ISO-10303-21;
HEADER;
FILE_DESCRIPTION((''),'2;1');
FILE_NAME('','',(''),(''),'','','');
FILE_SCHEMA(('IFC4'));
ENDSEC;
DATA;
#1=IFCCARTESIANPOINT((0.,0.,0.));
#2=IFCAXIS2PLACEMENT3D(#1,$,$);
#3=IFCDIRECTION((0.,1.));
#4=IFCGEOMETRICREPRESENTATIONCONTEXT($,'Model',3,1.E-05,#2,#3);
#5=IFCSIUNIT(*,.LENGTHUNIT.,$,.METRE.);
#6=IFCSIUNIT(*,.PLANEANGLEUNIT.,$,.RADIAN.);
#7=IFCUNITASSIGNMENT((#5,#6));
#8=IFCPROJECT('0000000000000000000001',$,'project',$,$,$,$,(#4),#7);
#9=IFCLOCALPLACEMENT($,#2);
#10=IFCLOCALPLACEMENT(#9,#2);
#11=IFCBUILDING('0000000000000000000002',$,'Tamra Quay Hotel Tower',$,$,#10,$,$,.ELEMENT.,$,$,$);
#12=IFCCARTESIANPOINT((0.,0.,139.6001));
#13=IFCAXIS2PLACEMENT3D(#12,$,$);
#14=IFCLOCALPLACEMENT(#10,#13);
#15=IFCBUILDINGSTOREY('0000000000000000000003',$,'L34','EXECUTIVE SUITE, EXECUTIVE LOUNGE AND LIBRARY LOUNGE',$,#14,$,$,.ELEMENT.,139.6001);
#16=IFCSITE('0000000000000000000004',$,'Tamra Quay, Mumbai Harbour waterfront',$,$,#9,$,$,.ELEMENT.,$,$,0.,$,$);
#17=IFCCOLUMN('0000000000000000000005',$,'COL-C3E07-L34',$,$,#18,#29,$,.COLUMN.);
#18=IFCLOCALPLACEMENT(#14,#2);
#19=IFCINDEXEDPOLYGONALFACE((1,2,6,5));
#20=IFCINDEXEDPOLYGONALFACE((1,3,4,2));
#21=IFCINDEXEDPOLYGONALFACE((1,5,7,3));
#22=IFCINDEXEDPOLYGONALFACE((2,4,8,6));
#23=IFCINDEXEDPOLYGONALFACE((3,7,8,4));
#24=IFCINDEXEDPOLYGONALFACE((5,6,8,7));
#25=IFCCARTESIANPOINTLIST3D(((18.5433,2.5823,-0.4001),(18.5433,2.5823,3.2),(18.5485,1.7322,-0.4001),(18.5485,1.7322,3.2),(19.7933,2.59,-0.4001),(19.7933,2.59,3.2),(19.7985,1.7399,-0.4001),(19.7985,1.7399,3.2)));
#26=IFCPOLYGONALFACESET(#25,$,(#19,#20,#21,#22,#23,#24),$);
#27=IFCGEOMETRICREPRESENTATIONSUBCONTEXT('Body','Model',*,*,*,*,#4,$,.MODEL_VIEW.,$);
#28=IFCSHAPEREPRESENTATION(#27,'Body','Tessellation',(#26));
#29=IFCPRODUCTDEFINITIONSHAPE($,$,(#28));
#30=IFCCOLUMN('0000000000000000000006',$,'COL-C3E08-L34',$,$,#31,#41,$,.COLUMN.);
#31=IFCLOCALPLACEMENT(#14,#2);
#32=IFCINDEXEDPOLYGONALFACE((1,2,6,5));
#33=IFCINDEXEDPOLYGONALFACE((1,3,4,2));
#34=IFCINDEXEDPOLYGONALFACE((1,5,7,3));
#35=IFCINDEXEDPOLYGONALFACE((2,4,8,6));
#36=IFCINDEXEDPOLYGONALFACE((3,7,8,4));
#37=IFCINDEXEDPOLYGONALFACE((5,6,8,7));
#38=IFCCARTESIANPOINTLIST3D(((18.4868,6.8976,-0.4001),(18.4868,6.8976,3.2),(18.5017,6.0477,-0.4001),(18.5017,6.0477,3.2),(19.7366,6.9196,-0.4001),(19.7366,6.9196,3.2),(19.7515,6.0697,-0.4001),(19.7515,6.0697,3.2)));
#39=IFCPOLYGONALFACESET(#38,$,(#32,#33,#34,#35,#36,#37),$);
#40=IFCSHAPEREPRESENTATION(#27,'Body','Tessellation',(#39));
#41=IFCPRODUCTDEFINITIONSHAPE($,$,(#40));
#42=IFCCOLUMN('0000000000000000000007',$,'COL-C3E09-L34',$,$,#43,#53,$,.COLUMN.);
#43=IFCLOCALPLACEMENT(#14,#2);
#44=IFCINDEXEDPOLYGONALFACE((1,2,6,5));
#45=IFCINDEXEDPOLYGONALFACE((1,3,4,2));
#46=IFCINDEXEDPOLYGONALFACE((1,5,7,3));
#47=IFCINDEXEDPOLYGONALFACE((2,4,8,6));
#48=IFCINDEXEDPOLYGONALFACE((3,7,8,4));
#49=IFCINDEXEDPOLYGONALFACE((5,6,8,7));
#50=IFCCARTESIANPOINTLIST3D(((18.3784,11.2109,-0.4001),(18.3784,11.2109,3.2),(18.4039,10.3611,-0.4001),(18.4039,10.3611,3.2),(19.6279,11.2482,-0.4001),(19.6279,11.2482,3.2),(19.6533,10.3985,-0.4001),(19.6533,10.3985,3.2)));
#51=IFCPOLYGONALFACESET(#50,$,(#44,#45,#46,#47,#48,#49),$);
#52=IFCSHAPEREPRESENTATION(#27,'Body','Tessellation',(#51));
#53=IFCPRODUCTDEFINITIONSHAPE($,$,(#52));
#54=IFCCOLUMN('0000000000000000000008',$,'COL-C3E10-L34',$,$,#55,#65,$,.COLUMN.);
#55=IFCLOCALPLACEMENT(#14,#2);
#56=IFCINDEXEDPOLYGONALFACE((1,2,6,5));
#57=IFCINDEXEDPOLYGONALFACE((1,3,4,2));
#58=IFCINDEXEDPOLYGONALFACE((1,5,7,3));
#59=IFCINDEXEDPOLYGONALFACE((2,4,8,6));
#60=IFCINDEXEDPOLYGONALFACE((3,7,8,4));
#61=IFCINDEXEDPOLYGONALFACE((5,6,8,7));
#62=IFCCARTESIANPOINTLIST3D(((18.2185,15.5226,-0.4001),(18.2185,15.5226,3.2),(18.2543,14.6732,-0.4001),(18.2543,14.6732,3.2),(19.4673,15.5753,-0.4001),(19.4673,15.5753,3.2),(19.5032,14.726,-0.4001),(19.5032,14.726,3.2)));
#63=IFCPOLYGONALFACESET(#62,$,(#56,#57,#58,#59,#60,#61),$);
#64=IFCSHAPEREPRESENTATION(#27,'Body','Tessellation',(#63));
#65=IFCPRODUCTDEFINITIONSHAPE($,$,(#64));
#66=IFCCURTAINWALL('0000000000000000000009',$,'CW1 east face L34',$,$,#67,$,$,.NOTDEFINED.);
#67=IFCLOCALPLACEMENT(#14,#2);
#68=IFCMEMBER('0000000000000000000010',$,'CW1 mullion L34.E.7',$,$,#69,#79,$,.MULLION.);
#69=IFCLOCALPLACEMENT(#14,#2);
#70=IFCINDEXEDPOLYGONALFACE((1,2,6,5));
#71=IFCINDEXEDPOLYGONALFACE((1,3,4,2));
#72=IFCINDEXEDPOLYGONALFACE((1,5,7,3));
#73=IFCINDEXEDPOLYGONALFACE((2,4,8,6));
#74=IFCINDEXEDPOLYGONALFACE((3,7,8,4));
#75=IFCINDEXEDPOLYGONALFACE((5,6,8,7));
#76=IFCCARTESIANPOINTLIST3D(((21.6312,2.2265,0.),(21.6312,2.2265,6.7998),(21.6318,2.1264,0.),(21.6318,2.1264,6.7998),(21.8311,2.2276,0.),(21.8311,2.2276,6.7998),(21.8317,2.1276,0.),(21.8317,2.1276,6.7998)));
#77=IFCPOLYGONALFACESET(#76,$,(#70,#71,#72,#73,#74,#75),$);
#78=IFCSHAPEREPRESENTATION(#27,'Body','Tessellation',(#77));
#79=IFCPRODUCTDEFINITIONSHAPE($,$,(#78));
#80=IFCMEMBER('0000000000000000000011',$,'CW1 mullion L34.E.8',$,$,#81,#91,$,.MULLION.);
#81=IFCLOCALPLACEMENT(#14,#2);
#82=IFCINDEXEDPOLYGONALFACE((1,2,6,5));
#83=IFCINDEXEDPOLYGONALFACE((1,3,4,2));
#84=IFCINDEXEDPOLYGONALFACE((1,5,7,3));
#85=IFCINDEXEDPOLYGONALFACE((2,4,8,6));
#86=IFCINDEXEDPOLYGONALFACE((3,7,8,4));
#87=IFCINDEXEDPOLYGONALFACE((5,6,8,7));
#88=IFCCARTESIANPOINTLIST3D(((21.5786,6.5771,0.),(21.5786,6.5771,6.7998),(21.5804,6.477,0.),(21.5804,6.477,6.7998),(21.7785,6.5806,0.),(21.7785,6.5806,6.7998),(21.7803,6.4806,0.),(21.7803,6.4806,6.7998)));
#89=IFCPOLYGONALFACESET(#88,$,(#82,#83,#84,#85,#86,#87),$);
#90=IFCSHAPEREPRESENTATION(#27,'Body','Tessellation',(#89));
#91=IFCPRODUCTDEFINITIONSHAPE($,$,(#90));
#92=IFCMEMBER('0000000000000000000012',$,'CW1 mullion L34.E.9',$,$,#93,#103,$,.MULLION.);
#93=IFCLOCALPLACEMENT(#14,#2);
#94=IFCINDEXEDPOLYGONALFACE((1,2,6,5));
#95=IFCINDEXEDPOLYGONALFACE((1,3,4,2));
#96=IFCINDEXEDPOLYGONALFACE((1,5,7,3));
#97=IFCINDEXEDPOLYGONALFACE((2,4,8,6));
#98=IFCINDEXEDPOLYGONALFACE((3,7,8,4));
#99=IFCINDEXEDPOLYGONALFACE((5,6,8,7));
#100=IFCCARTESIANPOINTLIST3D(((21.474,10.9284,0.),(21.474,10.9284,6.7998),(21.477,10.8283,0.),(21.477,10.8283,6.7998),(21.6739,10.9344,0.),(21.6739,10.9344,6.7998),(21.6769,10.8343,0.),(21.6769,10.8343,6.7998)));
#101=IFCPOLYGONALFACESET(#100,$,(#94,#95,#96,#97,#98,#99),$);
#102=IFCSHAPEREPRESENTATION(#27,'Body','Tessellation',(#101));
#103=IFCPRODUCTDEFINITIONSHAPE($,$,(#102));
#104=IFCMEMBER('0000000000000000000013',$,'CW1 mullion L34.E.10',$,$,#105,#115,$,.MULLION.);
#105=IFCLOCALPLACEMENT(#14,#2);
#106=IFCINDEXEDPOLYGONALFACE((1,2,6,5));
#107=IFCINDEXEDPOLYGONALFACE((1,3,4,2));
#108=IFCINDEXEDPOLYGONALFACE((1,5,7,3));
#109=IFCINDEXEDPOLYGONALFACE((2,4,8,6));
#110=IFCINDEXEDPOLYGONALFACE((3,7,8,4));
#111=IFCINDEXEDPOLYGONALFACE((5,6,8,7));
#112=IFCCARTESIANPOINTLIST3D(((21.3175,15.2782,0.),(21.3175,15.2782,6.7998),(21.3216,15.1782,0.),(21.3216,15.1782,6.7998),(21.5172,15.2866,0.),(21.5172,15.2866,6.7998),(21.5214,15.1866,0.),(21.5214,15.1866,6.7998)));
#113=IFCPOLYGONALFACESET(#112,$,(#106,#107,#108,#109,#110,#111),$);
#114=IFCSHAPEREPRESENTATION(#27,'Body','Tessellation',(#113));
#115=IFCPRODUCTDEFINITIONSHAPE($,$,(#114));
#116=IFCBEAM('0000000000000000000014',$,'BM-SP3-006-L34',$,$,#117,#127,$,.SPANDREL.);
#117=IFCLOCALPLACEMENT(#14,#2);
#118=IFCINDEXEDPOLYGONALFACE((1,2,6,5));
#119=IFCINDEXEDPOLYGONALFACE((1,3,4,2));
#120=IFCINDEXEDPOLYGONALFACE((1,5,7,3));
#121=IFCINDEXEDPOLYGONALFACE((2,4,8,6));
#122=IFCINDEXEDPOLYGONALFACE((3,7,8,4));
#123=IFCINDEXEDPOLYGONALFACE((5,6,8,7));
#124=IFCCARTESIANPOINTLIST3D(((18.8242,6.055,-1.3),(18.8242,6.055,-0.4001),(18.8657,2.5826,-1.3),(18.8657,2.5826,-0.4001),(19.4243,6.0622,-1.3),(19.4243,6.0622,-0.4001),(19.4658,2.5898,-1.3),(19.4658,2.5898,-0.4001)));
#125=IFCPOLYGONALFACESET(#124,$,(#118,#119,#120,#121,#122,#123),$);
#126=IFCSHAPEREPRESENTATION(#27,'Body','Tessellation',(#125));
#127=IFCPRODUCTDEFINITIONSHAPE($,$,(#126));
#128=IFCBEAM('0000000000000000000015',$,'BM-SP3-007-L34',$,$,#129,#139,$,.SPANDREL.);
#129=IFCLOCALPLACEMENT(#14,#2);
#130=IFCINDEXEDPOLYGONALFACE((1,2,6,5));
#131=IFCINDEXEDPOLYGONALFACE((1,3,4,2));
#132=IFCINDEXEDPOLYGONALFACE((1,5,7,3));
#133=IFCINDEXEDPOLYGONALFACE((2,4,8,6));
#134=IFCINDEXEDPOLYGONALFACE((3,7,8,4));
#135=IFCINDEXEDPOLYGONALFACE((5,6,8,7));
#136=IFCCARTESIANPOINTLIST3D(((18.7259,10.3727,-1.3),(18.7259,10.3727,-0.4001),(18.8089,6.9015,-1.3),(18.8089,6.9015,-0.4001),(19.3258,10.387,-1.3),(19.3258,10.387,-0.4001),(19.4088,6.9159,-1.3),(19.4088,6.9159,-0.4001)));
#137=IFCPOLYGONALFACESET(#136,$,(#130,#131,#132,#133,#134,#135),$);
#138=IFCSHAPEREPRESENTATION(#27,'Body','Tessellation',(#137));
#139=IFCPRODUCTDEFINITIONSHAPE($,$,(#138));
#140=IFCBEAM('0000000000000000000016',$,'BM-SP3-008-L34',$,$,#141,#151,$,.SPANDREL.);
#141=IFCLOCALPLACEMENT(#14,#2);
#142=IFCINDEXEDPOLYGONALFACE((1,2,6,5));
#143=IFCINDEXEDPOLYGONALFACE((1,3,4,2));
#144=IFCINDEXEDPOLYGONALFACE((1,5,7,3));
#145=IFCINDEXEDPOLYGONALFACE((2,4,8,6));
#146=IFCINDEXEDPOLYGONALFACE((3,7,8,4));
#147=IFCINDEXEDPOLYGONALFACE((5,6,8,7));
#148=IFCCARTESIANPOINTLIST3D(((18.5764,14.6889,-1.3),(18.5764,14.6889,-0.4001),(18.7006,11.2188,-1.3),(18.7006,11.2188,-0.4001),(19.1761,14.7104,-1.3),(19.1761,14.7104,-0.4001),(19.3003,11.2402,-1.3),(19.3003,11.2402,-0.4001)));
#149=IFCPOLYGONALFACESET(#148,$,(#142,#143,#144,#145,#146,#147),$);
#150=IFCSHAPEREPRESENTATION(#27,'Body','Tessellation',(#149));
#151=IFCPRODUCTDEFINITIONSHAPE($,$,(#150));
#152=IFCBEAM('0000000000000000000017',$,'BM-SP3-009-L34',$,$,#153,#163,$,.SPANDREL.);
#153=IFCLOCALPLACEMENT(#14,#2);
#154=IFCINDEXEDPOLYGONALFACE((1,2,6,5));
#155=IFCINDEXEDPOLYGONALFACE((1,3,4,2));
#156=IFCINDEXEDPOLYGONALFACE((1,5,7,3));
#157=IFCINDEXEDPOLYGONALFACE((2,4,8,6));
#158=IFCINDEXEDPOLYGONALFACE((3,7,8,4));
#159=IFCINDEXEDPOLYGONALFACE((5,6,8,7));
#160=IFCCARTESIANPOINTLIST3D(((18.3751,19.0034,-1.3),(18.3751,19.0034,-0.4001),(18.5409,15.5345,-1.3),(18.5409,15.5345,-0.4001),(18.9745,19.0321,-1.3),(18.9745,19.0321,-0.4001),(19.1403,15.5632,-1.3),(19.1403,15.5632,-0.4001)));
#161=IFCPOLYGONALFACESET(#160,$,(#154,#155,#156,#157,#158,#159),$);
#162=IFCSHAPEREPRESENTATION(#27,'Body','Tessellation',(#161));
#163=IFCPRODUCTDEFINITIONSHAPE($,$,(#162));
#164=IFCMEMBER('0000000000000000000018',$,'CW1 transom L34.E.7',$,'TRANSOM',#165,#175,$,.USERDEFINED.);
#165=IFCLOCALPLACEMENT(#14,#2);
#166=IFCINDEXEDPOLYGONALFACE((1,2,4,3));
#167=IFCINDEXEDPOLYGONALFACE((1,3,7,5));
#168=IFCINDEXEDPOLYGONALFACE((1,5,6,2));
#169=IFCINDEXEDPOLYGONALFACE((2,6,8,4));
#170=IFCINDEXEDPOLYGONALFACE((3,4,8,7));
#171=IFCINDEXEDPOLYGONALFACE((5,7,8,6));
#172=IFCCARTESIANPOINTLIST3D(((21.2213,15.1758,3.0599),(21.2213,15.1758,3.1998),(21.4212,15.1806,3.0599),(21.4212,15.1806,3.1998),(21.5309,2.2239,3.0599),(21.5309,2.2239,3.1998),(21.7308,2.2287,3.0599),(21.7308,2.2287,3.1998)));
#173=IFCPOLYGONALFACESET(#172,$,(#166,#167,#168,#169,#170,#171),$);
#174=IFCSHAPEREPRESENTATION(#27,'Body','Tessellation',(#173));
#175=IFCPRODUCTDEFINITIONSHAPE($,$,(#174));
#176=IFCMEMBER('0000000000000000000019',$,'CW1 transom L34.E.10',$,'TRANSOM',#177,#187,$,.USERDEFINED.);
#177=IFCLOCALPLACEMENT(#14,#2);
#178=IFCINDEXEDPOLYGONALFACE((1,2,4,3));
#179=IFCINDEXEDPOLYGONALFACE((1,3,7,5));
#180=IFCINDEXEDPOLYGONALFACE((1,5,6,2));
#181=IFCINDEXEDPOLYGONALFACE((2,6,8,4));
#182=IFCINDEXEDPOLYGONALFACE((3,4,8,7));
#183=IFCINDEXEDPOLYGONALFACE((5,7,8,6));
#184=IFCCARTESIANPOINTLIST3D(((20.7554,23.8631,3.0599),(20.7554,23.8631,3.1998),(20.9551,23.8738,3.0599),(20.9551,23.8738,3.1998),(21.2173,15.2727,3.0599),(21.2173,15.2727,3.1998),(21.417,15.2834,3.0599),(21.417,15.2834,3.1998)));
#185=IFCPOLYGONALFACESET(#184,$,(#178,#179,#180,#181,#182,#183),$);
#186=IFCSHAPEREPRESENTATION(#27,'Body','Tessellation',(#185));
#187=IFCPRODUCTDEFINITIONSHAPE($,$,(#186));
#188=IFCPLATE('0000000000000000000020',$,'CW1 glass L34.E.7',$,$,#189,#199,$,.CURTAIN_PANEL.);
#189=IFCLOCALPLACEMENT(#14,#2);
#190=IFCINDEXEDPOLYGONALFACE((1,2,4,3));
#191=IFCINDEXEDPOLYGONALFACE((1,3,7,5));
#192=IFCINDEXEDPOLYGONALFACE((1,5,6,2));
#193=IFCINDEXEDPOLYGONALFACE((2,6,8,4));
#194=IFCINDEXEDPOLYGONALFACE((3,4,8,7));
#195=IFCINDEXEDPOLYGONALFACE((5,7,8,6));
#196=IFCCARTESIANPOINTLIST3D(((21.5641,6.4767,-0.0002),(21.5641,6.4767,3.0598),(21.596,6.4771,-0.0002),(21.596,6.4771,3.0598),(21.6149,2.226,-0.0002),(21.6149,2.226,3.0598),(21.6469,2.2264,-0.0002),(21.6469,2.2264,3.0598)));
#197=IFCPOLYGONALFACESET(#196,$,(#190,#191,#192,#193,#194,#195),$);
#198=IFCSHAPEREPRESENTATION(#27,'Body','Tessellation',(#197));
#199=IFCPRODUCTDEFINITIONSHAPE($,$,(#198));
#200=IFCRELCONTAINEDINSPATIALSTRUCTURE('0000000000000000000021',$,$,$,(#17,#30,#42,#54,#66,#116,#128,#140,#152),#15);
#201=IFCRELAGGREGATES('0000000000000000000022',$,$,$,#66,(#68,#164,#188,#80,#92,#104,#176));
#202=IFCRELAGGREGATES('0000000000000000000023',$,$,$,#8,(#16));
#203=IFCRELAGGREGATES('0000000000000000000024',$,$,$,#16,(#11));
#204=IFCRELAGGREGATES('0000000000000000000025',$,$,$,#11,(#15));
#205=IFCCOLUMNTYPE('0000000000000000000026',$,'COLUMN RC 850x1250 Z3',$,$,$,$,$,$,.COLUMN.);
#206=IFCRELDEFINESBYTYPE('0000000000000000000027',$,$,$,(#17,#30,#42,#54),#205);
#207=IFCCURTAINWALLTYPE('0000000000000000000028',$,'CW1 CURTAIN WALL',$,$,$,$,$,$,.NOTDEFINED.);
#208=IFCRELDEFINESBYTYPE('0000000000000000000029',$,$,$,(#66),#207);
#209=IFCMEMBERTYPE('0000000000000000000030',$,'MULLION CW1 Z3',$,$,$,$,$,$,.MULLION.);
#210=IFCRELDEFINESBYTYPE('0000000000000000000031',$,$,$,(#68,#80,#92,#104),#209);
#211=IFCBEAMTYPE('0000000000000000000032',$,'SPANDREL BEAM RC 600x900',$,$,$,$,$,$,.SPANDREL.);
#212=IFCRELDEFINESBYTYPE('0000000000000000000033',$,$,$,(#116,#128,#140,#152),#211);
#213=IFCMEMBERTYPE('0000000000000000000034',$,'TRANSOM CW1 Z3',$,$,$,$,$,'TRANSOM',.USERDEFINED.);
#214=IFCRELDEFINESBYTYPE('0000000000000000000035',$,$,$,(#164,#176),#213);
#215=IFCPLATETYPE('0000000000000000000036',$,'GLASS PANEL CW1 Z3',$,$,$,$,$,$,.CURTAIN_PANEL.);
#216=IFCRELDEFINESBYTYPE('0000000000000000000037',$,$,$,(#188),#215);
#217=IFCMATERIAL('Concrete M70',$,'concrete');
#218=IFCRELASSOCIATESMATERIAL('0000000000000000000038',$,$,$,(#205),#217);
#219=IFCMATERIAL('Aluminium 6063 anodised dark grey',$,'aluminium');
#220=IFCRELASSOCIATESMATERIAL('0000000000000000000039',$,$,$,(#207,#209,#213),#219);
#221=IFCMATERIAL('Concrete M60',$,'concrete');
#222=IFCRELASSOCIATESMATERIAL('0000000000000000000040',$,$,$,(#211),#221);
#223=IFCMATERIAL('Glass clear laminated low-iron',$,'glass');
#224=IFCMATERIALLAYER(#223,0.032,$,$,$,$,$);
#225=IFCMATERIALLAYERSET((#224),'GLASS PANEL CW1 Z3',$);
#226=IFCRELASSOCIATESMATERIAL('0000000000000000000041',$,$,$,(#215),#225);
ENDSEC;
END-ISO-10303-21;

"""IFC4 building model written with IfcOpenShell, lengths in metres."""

from ifc_helpers import new_model, si_unit, direction, frame, origin, origin_2d, place, context, subcontext, project, spatial, rectangle, extrude, material, layer, layer_set, material_profile, profile_set, type_object, element, aggregate, save


model = new_model("IFC4")

# Units and contexts
model_context = context("Model", 3, precision=1e-05, world=origin(), true_north=direction((0.0, 1.0)))
body_context = subcontext(model_context, "Body", "Model", "MODEL_VIEW")
ifc_project = project(units=[si_unit("LENGTHUNIT", "METRE"), si_unit("PLANEANGLEUNIT", "RADIAN")], contexts=[model_context])

# Site, building, storey
site_placement = place(None, origin())
site = spatial("IfcSite", under=ifc_project, at=site_placement, Name="Tamra Quay, Mumbai Harbour waterfront", CompositionType="ELEMENT", RefElevation=0.0)
building_placement = place(site_placement, origin())
building = spatial("IfcBuilding", under=site, at=building_placement, Name="Tamra Quay Hotel Tower", CompositionType="ELEMENT")
storey_placement = place(building_placement, frame((0.0, 0.0, 139.6001)))
storey = spatial("IfcBuildingStorey", under=building, at=storey_placement, Name="L34", Description="EXECUTIVE SUITE, EXECUTIVE LOUNGE AND LIBRARY LOUNGE", CompositionType="ELEMENT", Elevation=139.6001)

# Columns
ifc_material_1 = material(Name="Concrete M70", Category="concrete")
ifc_material_profile_1 = material_profile(ifc_material_1, rectangle(XDim=1.25, YDim=0.8501, at=origin_2d()), Name="COLUMN RC 850x1250 Z3")
ifc_profile_set_1 = profile_set([ifc_material_profile_1], Name="Concrete M70")
column_type = type_object("IfcColumnType", Name="COLUMN RC 850x1250 Z3", PredefinedType="COLUMN", material=ifc_profile_set_1)
for number, where, z_axis, x_axis, name in (
    (1, (19.1709, 2.1611, -0.4001), (0.0, 0.0, 1.0), (0.999981, 0.006159, 0.0), "COL-C3E07-L34"),
    (2, (19.1191, 6.4836, -0.4001), (0.0, 0.0, 1.0), (0.999845, 0.017597, 0.0), "COL-C3E08-L34"),
    (3, (19.0159, 10.8047, -0.4001), (0.0, 0.0, 1.0), (0.999553, 0.029907, 0.0), "COL-C3E09-L34"),
    (4, (18.8608, 15.1243, -0.4001), (0.0, 0.0, 1.0), (0.999109, 0.042202, 0.0), "COL-C3E10-L34"),
):
    element("IfcColumn", number, at=place(storey_placement, frame(where, z_axis=z_axis, x_axis=x_axis)), inside=storey, type_object=column_type, Name=name, PredefinedType="COLUMN", context=body_context, shape_type="SweptSolid", body=[
        extrude(rectangle(XDim=1.25, YDim=0.8501, at=origin_2d()), origin(), (0.0, 0.0, 1.0), 3.6001),
    ])

# Curtain wall, members
ifc_material_2 = material(Name="Aluminium 6063 anodised dark grey", Category="aluminium")
curtain_wall_type = type_object("IfcCurtainWallType", Name="CW1 CURTAIN WALL", PredefinedType="NOTDEFINED", material=ifc_material_2)
curtain_wall_placement = place(storey_placement, origin())
curtain_wall = element("IfcCurtainWall", 5, at=curtain_wall_placement, inside=storey, type_object=curtain_wall_type, Name="CW1 east face L34", PredefinedType="NOTDEFINED")
ifc_material_profile_2 = material_profile(ifc_material_2, rectangle(XDim=0.2, YDim=0.1001, at=origin_2d()), Name="MULLION 100X200")
ifc_profile_set_2 = profile_set([ifc_material_profile_2], Name="Aluminium 6063 anodised dark grey")
member_type_1 = type_object("IfcMemberType", Name="MULLION CW1 Z3", PredefinedType="MULLION", material=ifc_profile_set_2)
member_1_placement = place(storey_placement, frame((21.7314, 2.177, 0.0), z_axis=(0.0, 0.0, 1.0), x_axis=(0.999982, 0.005979, 0.0)))
member_1 = element("IfcMember", 6, at=member_1_placement, type_object=member_type_1, Name="CW1 mullion L34.E.7", PredefinedType="MULLION", context=body_context, shape_type="SweptSolid", body=[
    extrude(rectangle(XDim=0.2, YDim=0.1001, at=origin_2d()), origin(), (0.0, 0.0, 1.0), 6.7998),
])
member_2_placement = place(storey_placement, frame((21.6794, 6.5288, 0.0), z_axis=(0.0, 0.0, 1.0), x_axis=(0.999839, 0.017927, 0.0)))
member_2 = element("IfcMember", 7, at=member_2_placement, type_object=member_type_1, Name="CW1 mullion L34.E.8", PredefinedType="MULLION", context=body_context, shape_type="SweptSolid", body=[
    extrude(rectangle(XDim=0.2, YDim=0.1001, at=origin_2d()), origin(), (0.0, 0.0, 1.0), 6.7998),
])
member_3_placement = place(storey_placement, frame((21.5754, 10.8813, 0.0), z_axis=(0.0, 0.0, 1.0), x_axis=(0.999554, 0.029871, 0.0)))
member_3 = element("IfcMember", 8, at=member_3_placement, type_object=member_type_1, Name="CW1 mullion L34.E.9", PredefinedType="MULLION", context=body_context, shape_type="SweptSolid", body=[
    extrude(rectangle(XDim=0.2, YDim=0.1001, at=origin_2d()), origin(), (0.0, 0.0, 1.0), 6.7998),
])
member_4_placement = place(storey_placement, frame((21.4194, 15.2324, 0.0), z_axis=(0.0, 0.0, 1.0), x_axis=(0.999126, 0.041797, 0.0)))
member_4 = element("IfcMember", 9, at=member_4_placement, type_object=member_type_1, Name="CW1 mullion L34.E.10", PredefinedType="MULLION", context=body_context, shape_type="SweptSolid", body=[
    extrude(rectangle(XDim=0.2, YDim=0.1001, at=origin_2d()), origin(), (0.0, 0.0, 1.0), 6.7998),
])

# Beams
ifc_material_3 = material(Name="Concrete M60", Category="concrete")
ifc_material_profile_3 = material_profile(ifc_material_3, rectangle(XDim=0.6001, YDim=0.8999, at=origin_2d()), Name="SPANDREL BEAM RC 600x900")
ifc_profile_set_3 = profile_set([ifc_material_profile_3], Name="Concrete M60")
beam_type = type_object("IfcBeamType", Name="SPANDREL BEAM RC 600x900", PredefinedType="SPANDREL", material=ifc_profile_set_3)
beam_1_placement = place(storey_placement, frame((19.1658, 2.5862, -0.8501), z_axis=(-0.011952, 0.999929, 0.0), x_axis=(-0.999929, -0.011952, 0.0)))
element("IfcBeam", 10, at=beam_1_placement, inside=storey, type_object=beam_type, Name="BM-SP3-006-L34", PredefinedType="SPANDREL", context=body_context, shape_type="SweptSolid", body=[
    extrude(rectangle(XDim=0.6001, YDim=0.8999, at=origin_2d()), origin(), (0.0, 0.0, 1.0), 3.4727),
])
beam_2_placement = place(storey_placement, frame((19.1089, 6.9087, -0.8501), z_axis=(-0.023907, 0.999714, 0.0), x_axis=(-0.999714, -0.023907, 0.0)))
element("IfcBeam", 11, at=beam_2_placement, inside=storey, type_object=beam_type, Name="BM-SP3-007-L34", PredefinedType="SPANDREL", context=body_context, shape_type="SweptSolid", body=[
    extrude(rectangle(XDim=0.6001, YDim=0.8999, at=origin_2d()), origin(), (0.0, 0.0, 1.0), 3.4722),
])
beam_3_placement = place(storey_placement, frame((19.0005, 11.2295, -0.8501), z_axis=(-0.035787, 0.999359, 0.0), x_axis=(-0.999359, -0.035787, 0.0)))
element("IfcBeam", 12, at=beam_3_placement, inside=storey, type_object=beam_type, Name="BM-SP3-008-L34", PredefinedType="SPANDREL", context=body_context, shape_type="SweptSolid", body=[
    extrude(rectangle(XDim=0.6001, YDim=0.8999, at=origin_2d()), origin(), (0.0, 0.0, 1.0), 3.4724),
])
beam_4_placement = place(storey_placement, frame((18.8406, 15.5488, -0.8501), z_axis=(-0.047732, 0.99886, 0.0), x_axis=(-0.99886, -0.047732, 0.0)))
element("IfcBeam", 13, at=beam_4_placement, inside=storey, type_object=beam_type, Name="BM-SP3-009-L34", PredefinedType="SPANDREL", context=body_context, shape_type="SweptSolid", body=[
    extrude(rectangle(XDim=0.6001, YDim=0.8999, at=origin_2d()), origin(), (0.0, 0.0, 1.0), 3.4729),
])

# Members
ifc_material_profile_4 = material_profile(ifc_material_2, rectangle(XDim=0.2, YDim=0.1399, at=origin_2d()), Name="TRANSOM 200X140")
ifc_profile_set_4 = profile_set([ifc_material_profile_4], Name="Aluminium 6063 anodised dark grey")
member_type_2 = type_object("IfcMemberType", Name="TRANSOM CW1 Z3", ElementType="TRANSOM", PredefinedType="USERDEFINED", material=ifc_profile_set_4)
member_5_placement = place(storey_placement, frame((21.6309, 2.2263, 3.1299), z_axis=(-0.023895, 0.999714, 0.0), x_axis=(-0.999714, -0.023895, 0.0)))
member_5 = element("IfcMember", 14, at=member_5_placement, type_object=member_type_2, Name="CW1 transom L34.E.7", ObjectType="TRANSOM", PredefinedType="USERDEFINED", context=body_context, shape_type="SweptSolid", body=[
    extrude(rectangle(XDim=0.2, YDim=0.1399, at=origin_2d()), origin(), (0.0, 0.0, 1.0), 12.9556),
])
member_6_placement = place(storey_placement, frame((21.3171, 15.2781, 3.1299), z_axis=(-0.053694, 0.998557, 0.0), x_axis=(-0.998557, -0.053694, 0.0)))
member_6 = element("IfcMember", 15, at=member_6_placement, type_object=member_type_2, Name="CW1 transom L34.E.10", ObjectType="TRANSOM", PredefinedType="USERDEFINED", context=body_context, shape_type="SweptSolid", body=[
    extrude(rectangle(XDim=0.2, YDim=0.1399, at=origin_2d()), origin(), (0.0, 0.0, 1.0), 8.6028),
])

# Plate
ifc_material_4 = material(Name="Glass clear laminated low-iron", Category="glass")
ifc_layer_1 = layer(ifc_material_4, 0.032)
ifc_layer_set_1 = layer_set([ifc_layer_1], Name="GLASS PANEL CW1 Z3")
plate_type = type_object("IfcPlateType", Name="GLASS PANEL CW1 Z3", PredefinedType="CURTAIN_PANEL", material=ifc_layer_set_1)
plate_1_placement = place(storey_placement, frame((21.6055, 4.3516, -0.0002), z_axis=(0.0, 0.0, 1.0), x_axis=(-0.011957, 0.999929, 0.0)))
plate_1 = element("IfcPlate", 16, at=plate_1_placement, type_object=plate_type, Name="CW1 glass L34.E.7", PredefinedType="CURTAIN_PANEL", context=body_context, shape_type="SweptSolid", body=[
    extrude(rectangle(XDim=4.251, YDim=0.032, at=origin_2d()), origin(), (0.0, 0.0, 1.0), 3.0601),
])
aggregate(curtain_wall, [member_1, member_5, plate_1, member_2, member_3, member_4, member_6])

save(model, "model.ifc")
